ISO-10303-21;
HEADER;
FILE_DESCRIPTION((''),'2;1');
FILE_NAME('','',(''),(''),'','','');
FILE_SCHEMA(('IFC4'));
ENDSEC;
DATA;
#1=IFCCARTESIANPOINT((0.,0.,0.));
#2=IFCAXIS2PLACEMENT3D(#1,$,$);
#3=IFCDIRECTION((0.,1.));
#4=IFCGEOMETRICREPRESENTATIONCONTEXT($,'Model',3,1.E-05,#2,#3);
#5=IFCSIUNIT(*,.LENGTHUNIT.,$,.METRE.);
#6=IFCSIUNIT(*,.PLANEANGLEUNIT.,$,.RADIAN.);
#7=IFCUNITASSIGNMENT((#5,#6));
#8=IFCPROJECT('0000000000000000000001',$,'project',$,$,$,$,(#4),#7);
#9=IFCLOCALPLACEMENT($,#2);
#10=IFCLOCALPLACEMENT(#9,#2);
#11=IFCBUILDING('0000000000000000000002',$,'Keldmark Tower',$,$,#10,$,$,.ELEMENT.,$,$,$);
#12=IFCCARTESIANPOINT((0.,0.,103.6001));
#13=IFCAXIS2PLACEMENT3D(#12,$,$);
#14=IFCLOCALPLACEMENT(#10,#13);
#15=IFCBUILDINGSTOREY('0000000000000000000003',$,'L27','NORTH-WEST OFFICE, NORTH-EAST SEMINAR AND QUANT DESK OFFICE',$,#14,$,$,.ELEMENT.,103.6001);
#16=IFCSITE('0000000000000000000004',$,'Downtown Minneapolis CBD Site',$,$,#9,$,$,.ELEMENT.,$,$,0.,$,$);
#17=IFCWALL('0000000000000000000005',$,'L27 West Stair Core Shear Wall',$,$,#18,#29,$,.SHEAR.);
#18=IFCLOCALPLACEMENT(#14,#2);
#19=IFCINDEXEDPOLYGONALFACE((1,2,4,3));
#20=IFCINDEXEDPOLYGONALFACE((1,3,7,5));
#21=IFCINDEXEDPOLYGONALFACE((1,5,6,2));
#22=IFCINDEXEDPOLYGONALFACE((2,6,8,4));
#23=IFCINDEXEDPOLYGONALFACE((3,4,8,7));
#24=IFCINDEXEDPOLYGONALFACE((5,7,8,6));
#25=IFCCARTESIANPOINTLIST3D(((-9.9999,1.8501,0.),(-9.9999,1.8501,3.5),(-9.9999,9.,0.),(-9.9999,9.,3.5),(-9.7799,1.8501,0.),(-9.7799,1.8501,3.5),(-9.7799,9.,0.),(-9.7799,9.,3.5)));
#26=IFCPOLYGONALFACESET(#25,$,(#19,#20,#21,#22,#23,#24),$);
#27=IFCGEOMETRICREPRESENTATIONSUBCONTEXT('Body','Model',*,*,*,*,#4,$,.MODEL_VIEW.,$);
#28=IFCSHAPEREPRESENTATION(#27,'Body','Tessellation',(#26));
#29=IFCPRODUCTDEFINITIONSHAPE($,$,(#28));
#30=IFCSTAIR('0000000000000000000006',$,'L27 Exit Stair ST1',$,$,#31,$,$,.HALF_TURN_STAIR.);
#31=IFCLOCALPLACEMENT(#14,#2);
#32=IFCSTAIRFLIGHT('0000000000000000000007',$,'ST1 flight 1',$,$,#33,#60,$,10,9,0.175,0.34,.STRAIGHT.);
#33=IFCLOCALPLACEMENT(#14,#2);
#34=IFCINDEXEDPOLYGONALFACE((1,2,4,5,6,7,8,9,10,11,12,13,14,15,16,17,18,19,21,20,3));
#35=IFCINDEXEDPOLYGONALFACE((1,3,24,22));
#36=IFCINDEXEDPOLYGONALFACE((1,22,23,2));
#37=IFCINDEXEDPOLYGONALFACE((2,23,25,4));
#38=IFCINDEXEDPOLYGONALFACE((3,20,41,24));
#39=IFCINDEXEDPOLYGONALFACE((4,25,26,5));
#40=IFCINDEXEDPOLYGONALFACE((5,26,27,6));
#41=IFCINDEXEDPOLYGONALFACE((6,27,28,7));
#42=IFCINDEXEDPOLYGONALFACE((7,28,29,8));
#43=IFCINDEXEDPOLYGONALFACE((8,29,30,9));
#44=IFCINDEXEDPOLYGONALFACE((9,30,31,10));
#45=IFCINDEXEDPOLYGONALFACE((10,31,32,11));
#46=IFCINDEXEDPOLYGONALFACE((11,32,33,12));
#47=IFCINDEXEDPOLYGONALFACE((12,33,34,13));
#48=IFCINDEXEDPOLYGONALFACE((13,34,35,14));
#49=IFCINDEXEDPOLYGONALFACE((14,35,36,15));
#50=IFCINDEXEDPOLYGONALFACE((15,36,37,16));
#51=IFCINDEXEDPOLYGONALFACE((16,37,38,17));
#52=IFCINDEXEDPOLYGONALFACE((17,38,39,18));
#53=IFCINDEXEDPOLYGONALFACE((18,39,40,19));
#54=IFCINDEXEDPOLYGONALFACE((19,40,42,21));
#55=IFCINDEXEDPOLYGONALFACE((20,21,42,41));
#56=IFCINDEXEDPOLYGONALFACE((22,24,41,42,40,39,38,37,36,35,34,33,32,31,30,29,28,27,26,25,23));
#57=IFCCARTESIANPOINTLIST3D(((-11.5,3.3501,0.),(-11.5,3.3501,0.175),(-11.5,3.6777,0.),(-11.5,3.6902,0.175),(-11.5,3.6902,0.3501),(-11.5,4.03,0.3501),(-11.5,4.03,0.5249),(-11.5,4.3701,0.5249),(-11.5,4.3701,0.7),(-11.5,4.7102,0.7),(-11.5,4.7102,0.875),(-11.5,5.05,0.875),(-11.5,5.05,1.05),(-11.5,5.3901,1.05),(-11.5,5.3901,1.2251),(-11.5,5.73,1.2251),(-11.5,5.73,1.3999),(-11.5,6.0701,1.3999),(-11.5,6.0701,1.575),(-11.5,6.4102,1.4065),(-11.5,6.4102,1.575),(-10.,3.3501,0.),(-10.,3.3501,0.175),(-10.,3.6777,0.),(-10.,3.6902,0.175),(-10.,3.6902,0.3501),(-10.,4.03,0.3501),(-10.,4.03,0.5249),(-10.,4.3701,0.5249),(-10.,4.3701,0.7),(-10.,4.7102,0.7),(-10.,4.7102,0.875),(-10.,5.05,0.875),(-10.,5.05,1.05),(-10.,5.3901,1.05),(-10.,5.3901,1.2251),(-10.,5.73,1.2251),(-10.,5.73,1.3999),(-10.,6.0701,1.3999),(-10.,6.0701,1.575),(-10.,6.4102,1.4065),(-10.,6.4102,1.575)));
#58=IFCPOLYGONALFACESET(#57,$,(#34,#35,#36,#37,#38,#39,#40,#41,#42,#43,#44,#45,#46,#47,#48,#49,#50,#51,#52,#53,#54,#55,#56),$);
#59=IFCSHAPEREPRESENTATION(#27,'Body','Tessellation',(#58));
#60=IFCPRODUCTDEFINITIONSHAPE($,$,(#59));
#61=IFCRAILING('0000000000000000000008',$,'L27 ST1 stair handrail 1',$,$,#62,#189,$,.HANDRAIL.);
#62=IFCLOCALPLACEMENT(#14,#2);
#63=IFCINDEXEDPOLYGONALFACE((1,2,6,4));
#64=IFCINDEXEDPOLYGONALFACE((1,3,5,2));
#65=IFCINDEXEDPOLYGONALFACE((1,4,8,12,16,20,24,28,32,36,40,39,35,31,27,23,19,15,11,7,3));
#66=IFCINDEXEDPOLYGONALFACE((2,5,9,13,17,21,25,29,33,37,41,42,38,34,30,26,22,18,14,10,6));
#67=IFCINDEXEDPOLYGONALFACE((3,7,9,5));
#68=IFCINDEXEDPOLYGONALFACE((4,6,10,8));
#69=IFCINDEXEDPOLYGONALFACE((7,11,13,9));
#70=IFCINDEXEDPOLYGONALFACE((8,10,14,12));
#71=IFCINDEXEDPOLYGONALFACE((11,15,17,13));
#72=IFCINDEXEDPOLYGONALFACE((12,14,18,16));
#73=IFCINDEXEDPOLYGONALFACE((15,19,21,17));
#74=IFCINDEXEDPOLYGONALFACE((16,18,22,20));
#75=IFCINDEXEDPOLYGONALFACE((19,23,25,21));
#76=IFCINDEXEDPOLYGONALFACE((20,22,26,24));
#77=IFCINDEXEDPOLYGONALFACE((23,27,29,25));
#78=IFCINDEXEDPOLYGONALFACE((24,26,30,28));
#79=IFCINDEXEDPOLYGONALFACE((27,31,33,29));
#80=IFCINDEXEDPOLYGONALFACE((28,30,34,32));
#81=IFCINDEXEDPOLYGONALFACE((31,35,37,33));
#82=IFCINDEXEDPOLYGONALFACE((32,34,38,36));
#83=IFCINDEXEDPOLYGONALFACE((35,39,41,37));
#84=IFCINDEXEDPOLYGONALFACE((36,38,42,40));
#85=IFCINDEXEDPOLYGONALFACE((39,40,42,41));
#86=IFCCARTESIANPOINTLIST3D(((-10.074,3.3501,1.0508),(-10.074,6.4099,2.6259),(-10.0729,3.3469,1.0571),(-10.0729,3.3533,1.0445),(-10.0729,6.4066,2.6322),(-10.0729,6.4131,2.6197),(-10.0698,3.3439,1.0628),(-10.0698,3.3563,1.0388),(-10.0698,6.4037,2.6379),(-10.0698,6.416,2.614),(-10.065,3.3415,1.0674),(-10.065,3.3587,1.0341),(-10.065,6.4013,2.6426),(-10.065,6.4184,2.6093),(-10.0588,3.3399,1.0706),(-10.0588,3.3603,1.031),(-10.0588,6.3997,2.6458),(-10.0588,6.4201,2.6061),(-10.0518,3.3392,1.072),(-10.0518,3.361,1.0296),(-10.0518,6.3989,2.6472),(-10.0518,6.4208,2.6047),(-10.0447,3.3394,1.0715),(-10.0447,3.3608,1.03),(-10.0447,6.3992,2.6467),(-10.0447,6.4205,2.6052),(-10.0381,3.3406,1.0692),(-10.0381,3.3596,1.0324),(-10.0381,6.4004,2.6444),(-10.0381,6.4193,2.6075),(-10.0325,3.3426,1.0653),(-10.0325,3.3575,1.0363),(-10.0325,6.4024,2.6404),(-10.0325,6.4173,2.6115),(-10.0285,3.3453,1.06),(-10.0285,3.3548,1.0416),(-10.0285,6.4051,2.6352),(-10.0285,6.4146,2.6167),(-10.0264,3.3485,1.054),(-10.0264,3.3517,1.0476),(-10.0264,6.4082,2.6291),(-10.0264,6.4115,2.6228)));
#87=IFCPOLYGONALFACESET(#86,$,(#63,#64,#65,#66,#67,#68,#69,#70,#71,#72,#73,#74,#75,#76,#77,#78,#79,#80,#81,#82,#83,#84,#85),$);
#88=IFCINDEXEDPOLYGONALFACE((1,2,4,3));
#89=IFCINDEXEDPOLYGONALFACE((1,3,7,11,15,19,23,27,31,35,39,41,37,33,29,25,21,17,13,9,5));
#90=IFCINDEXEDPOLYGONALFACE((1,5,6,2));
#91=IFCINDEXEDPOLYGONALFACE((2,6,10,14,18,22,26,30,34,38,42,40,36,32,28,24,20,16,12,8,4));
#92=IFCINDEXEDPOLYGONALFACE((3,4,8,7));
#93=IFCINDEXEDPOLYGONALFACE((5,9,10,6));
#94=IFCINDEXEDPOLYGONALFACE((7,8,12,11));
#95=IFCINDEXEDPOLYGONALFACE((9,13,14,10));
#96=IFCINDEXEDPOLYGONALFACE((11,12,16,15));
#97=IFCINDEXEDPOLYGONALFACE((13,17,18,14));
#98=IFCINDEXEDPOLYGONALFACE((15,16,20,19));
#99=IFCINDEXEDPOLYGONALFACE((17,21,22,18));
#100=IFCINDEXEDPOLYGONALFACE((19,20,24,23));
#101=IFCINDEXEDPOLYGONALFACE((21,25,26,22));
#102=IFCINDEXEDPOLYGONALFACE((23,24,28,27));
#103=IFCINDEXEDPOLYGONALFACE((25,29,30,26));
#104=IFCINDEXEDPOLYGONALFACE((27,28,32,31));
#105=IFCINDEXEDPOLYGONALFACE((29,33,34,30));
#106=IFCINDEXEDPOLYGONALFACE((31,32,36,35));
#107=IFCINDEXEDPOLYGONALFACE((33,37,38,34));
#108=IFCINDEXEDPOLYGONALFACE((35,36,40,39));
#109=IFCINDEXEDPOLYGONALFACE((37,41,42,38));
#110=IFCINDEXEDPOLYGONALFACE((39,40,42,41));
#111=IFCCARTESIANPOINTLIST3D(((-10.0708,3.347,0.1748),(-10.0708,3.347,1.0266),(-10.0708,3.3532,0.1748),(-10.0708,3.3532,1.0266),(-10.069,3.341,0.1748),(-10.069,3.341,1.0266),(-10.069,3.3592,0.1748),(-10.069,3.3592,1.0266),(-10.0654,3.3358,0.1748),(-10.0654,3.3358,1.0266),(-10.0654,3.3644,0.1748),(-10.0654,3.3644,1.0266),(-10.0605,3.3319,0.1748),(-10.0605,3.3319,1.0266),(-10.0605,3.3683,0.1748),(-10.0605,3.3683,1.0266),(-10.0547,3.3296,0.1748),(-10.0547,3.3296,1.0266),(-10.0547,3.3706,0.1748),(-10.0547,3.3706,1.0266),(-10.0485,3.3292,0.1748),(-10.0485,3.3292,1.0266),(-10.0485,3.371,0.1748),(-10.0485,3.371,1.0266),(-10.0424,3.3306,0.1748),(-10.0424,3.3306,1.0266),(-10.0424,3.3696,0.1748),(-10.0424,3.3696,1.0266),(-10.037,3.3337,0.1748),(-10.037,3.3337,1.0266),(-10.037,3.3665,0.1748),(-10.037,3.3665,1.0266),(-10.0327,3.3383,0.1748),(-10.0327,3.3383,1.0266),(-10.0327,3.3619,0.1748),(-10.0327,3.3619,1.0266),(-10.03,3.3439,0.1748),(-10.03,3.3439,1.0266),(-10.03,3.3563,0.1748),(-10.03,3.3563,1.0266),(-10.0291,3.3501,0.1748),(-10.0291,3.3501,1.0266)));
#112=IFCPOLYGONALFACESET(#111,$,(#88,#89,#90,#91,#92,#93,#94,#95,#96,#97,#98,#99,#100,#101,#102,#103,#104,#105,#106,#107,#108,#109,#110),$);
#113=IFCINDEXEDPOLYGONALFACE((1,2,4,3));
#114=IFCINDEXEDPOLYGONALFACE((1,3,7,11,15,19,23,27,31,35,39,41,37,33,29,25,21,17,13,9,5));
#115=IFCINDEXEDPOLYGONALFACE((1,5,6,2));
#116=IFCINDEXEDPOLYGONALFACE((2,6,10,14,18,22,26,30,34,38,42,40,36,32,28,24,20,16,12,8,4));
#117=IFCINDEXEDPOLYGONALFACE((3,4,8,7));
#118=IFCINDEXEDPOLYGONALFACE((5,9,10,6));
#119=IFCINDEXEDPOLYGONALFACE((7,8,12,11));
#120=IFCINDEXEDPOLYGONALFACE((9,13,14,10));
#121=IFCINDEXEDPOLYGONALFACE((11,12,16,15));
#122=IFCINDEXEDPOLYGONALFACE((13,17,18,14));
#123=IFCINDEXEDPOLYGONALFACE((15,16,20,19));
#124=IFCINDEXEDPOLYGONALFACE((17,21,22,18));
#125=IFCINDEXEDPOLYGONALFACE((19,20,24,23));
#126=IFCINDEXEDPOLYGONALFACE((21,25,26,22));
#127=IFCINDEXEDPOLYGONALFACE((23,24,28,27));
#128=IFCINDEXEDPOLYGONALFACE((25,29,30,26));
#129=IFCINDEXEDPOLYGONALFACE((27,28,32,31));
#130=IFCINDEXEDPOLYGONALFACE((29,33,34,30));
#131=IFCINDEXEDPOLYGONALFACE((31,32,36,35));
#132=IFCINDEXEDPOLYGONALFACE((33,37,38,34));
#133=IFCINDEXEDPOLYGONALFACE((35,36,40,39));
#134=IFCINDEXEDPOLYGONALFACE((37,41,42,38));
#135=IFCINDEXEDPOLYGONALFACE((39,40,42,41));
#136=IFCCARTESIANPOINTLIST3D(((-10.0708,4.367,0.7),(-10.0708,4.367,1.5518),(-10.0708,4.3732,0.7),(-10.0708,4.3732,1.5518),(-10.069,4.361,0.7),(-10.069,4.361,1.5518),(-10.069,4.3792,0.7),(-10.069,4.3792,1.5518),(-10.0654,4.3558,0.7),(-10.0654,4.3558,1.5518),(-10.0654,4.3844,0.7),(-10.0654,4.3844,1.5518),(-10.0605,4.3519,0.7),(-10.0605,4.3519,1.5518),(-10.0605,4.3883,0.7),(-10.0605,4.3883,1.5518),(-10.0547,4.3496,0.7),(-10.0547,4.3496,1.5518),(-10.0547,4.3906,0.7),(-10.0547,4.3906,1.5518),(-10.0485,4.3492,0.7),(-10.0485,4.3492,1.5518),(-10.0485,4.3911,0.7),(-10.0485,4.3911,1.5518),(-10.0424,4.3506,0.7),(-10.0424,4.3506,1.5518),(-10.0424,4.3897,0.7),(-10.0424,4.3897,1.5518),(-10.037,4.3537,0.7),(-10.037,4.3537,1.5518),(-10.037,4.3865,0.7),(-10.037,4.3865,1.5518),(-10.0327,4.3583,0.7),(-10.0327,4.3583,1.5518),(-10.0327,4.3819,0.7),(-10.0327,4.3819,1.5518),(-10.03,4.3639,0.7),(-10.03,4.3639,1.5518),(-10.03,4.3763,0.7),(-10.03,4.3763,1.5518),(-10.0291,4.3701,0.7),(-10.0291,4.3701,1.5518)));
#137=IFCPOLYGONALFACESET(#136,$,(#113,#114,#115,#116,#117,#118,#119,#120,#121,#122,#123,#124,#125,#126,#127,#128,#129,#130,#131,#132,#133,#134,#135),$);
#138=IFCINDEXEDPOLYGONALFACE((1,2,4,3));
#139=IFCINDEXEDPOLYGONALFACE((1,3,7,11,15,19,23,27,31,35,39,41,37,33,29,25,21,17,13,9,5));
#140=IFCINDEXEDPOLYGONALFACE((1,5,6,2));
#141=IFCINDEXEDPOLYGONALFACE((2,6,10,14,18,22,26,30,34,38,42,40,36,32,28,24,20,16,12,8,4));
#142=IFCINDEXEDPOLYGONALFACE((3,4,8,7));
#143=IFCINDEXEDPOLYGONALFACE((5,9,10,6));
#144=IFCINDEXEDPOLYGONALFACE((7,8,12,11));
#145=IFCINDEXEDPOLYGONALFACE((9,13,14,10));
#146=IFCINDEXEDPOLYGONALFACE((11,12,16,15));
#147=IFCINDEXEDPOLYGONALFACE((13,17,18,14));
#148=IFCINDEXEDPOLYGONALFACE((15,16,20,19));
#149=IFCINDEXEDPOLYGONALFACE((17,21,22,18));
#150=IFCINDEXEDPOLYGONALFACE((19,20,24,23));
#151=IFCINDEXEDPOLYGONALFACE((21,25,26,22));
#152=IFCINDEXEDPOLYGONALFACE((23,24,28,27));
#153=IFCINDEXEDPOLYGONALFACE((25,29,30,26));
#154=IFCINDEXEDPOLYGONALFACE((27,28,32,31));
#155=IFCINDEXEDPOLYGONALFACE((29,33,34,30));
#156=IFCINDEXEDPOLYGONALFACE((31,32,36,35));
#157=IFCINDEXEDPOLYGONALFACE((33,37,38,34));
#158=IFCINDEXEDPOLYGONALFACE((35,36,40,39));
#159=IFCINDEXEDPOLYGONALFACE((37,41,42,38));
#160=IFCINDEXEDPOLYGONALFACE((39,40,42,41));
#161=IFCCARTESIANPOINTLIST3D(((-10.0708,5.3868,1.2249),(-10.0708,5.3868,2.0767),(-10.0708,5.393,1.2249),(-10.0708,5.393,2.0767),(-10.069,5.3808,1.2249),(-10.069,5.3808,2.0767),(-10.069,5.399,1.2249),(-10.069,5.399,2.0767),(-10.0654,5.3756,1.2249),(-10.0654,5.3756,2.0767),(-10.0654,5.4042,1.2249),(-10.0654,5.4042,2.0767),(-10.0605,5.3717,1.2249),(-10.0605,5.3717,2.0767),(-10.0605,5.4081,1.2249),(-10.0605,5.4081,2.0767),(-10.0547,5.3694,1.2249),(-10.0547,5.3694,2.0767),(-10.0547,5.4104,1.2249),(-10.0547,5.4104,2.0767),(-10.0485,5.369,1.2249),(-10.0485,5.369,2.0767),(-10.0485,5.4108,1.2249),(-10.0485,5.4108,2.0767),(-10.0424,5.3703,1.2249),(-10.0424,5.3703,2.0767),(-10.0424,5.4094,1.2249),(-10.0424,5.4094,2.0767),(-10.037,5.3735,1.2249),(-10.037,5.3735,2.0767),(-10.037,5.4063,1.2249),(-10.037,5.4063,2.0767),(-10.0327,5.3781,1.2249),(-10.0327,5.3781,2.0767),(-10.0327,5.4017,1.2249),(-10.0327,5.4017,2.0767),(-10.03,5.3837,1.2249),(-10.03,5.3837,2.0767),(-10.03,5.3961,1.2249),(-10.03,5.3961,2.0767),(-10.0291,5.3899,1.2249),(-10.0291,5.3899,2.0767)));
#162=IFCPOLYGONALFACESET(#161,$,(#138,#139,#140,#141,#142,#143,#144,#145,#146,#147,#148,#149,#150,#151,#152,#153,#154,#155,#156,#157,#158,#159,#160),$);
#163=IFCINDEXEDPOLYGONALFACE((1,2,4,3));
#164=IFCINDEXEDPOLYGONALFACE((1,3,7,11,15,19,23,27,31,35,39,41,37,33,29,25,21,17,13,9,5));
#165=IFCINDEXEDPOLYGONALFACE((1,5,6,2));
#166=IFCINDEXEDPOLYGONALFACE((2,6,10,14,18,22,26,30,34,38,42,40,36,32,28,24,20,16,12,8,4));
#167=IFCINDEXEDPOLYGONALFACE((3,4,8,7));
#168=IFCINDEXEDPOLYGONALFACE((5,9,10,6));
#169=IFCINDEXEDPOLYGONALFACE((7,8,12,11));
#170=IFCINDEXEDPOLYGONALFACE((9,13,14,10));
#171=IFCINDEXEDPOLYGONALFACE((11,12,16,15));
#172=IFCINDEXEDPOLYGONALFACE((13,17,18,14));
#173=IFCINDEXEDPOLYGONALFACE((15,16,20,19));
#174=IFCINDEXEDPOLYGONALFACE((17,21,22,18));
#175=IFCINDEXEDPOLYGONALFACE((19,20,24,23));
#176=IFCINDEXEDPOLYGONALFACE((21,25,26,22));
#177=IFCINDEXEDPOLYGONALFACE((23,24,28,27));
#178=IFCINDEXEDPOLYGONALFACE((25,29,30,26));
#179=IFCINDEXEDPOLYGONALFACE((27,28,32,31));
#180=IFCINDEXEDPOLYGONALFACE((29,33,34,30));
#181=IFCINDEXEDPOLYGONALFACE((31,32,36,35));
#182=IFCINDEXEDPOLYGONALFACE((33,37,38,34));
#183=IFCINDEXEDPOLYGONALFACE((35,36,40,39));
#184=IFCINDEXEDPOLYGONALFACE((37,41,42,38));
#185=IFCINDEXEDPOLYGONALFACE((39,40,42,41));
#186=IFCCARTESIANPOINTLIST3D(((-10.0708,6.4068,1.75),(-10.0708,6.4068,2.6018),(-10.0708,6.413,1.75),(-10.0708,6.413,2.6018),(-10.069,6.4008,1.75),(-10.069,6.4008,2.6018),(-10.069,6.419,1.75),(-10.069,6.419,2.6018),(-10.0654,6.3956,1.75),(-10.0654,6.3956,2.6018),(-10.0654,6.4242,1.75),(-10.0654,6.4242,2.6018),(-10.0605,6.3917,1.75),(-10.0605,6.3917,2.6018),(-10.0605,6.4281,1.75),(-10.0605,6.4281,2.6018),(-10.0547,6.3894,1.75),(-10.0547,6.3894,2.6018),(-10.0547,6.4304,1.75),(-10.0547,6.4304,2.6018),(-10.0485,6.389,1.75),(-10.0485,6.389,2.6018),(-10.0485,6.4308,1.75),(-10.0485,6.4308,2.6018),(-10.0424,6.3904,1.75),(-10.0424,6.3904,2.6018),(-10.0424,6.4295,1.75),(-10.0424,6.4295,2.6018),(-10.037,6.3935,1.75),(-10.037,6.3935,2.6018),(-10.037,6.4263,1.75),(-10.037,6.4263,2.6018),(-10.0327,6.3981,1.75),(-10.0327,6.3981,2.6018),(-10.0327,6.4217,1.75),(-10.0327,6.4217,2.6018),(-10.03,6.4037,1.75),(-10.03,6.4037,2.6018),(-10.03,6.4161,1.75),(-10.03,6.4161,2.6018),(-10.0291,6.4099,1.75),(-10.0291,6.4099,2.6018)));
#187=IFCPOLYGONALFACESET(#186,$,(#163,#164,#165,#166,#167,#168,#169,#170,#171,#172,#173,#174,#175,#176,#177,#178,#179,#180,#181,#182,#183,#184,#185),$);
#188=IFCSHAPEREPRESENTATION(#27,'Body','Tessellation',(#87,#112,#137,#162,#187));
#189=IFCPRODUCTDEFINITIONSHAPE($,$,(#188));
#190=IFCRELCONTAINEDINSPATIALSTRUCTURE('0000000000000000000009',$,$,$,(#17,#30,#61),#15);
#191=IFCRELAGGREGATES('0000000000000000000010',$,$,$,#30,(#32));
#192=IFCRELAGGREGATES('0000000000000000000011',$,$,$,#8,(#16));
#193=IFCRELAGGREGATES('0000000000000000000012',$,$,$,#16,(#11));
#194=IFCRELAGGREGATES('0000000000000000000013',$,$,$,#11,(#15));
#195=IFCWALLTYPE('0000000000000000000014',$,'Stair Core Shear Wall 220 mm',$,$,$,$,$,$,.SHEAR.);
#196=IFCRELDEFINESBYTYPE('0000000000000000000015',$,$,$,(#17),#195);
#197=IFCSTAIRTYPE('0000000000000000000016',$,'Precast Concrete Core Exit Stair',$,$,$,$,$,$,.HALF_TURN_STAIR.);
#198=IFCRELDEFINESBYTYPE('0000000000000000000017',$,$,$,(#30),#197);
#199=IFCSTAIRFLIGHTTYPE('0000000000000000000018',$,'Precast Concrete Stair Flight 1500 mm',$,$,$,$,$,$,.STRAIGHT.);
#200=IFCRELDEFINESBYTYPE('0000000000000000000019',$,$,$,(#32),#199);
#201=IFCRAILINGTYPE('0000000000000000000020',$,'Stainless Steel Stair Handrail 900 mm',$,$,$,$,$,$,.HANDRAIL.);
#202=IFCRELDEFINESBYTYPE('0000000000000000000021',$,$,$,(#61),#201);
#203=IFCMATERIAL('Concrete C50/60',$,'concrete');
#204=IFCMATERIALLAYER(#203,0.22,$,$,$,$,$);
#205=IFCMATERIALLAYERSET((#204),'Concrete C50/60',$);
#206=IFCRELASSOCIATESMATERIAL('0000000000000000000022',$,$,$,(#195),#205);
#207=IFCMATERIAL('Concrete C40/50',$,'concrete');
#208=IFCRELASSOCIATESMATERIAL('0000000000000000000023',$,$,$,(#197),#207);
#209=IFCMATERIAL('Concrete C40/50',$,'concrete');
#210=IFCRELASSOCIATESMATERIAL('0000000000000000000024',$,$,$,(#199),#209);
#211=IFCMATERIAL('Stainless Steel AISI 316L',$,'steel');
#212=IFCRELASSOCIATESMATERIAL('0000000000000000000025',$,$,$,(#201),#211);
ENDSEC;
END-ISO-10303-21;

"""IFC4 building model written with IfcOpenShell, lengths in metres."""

from ifc_helpers import new_model, si_unit, direction, frame, frame_2d, origin, origin_2d, place, context, subcontext, project, spatial, polyline, rectangle, circle, outline, extrude, material, layer, layer_set, type_object, element, aggregate, save


model = new_model("IFC4")

# Units and contexts
model_context = context("Model", 3, precision=1e-05, world=origin(), true_north=direction((0.0, 1.0)))
body_context = subcontext(model_context, "Body", "Model", "MODEL_VIEW")
ifc_project = project(units=[si_unit("LENGTHUNIT", "METRE"), si_unit("PLANEANGLEUNIT", "RADIAN")], contexts=[model_context])

# Site, building, storey
site_placement = place(None, origin())
site = spatial("IfcSite", under=ifc_project, at=site_placement, Name="Downtown Minneapolis CBD Site", CompositionType="ELEMENT", RefElevation=0.0)
building_placement = place(site_placement, origin())
building = spatial("IfcBuilding", under=site, at=building_placement, Name="Keldmark Tower", CompositionType="ELEMENT")
storey_placement = place(building_placement, frame((0.0, 0.0, 103.6001)))
storey = spatial("IfcBuildingStorey", under=building, at=storey_placement, Name="L27", Description="NORTH-WEST OFFICE, NORTH-EAST SEMINAR AND QUANT DESK OFFICE", CompositionType="ELEMENT", Elevation=103.6001)

# Wall
ifc_material_1 = material(Name="Concrete C50/60", Category="concrete")
ifc_layer_1 = layer(ifc_material_1, 0.22)
ifc_layer_set_1 = layer_set([ifc_layer_1], Name="Concrete C50/60")
wall_type_1 = type_object("IfcWallType", Name="Stair Core Shear Wall 220 mm", PredefinedType="SHEAR", material=ifc_layer_set_1)
wall_1_placement = place(storey_placement, frame((-9.8899, 1.8501, 0.0), z_axis=(0.0, 0.0, 1.0), x_axis=(0.0, 1.0, 0.0)))
element("IfcWall", 1, at=wall_1_placement, inside=storey, type_object=wall_type_1, Name="L27 West Stair Core Shear Wall", PredefinedType="SHEAR", context=body_context, shape_type="SweptSolid", body=[
    extrude(rectangle(XDim=7.1499, YDim=0.22, at=frame_2d((3.575, 0.0))), origin(), (0.0, 0.0, 1.0), 3.5),
])

# Stair, stair flight
ifc_material_2 = material(Name="Concrete C40/50", Category="concrete")
stair_type = type_object("IfcStairType", Name="Precast Concrete Core Exit Stair", PredefinedType="HALF_TURN_STAIR", material=ifc_material_2)
stair_placement = place(storey_placement, origin())
stair = element("IfcStair", 2, at=stair_placement, inside=storey, type_object=stair_type, Name="L27 Exit Stair ST1", PredefinedType="HALF_TURN_STAIR")
ifc_material_3 = material(Name="Concrete C40/50", Category="concrete")
stair_flight_type = type_object("IfcStairFlightType", Name="Precast Concrete Stair Flight 1500 mm", PredefinedType="STRAIGHT", material=ifc_material_3)
stair_flight_placement = place(storey_placement, frame((-10.75, 3.3501, 0.0), z_axis=(0.0, 0.0, 1.0), x_axis=(0.0, 1.0, 0.0)))
stair_flight = element("IfcStairFlight", 3, at=stair_flight_placement, type_object=stair_flight_type, Name="ST1 flight 1", NumberOfRisers=10, NumberOfTreads=9, PredefinedType="STRAIGHT", RiserHeight=0.175, TreadLength=0.34, context=body_context, shape_type="SweptSolid", body=[
    extrude(outline(polyline([(0.0, 0.0), (0.0, 0.175), (0.3401, 0.175), (0.3401, 0.3501), (0.6799, 0.3501), (0.6799, 0.5249), (1.02, 0.5249), (1.02, 0.7), (1.3601, 0.7), (1.3601, 0.875), (1.7, 0.875), (1.7, 1.05), (2.04, 1.05), (2.04, 1.2251), (2.3799, 1.2251), (2.3799, 1.3999), (2.72, 1.3999), (2.72, 1.575), (3.0601, 1.575), (3.0601, 1.75), (3.0601, 1.4065), (0.3276, 0.0), (0.0, 0.0)])), frame((0.0, 0.75, 0.0), z_axis=(0.0, -1.0, 0.0), x_axis=(1.0, 0.0, 0.0)), (0.0, 0.0, 1.0), 1.5),
])
aggregate(stair, [stair_flight])

# Railing
ifc_material_4 = material(Name="Stainless Steel AISI 316L", Category="steel")
railing_type = type_object("IfcRailingType", Name="Stainless Steel Stair Handrail 900 mm", PredefinedType="HANDRAIL", material=ifc_material_4)
railing_placement = place(storey_placement, frame((-10.05, 3.3501, 0.1748)))
element("IfcRailing", 4, at=railing_placement, inside=storey, type_object=railing_type, Name="L27 ST1 stair handrail 1", PredefinedType="HANDRAIL", context=body_context, shape_type="SweptSolid", body=[
    extrude(circle(Radius=0.0239, at=origin_2d()), frame((0.0, 0.0, 0.876), z_axis=(0.0, 0.889101, 0.45771), x_axis=(-1.0, 0.0, 0.0)), (0.0, 0.0, 1.0), 3.4414),
    extrude(circle(Radius=0.021, at=origin_2d()), origin(), (0.0, 0.0, 1.0), 0.8518),
    extrude(circle(Radius=0.021, at=origin_2d()), frame((0.0, 1.02, 0.5251)), (0.0, 0.0, 1.0), 0.8518),
    extrude(circle(Radius=0.021, at=origin_2d()), frame((0.0, 2.0398, 1.05)), (0.0, 0.0, 1.0), 0.8518),
    extrude(circle(Radius=0.021, at=origin_2d()), frame((0.0, 3.0598, 1.5752)), (0.0, 0.0, 1.0), 0.8518),
])

save(model, "model.ifc")
